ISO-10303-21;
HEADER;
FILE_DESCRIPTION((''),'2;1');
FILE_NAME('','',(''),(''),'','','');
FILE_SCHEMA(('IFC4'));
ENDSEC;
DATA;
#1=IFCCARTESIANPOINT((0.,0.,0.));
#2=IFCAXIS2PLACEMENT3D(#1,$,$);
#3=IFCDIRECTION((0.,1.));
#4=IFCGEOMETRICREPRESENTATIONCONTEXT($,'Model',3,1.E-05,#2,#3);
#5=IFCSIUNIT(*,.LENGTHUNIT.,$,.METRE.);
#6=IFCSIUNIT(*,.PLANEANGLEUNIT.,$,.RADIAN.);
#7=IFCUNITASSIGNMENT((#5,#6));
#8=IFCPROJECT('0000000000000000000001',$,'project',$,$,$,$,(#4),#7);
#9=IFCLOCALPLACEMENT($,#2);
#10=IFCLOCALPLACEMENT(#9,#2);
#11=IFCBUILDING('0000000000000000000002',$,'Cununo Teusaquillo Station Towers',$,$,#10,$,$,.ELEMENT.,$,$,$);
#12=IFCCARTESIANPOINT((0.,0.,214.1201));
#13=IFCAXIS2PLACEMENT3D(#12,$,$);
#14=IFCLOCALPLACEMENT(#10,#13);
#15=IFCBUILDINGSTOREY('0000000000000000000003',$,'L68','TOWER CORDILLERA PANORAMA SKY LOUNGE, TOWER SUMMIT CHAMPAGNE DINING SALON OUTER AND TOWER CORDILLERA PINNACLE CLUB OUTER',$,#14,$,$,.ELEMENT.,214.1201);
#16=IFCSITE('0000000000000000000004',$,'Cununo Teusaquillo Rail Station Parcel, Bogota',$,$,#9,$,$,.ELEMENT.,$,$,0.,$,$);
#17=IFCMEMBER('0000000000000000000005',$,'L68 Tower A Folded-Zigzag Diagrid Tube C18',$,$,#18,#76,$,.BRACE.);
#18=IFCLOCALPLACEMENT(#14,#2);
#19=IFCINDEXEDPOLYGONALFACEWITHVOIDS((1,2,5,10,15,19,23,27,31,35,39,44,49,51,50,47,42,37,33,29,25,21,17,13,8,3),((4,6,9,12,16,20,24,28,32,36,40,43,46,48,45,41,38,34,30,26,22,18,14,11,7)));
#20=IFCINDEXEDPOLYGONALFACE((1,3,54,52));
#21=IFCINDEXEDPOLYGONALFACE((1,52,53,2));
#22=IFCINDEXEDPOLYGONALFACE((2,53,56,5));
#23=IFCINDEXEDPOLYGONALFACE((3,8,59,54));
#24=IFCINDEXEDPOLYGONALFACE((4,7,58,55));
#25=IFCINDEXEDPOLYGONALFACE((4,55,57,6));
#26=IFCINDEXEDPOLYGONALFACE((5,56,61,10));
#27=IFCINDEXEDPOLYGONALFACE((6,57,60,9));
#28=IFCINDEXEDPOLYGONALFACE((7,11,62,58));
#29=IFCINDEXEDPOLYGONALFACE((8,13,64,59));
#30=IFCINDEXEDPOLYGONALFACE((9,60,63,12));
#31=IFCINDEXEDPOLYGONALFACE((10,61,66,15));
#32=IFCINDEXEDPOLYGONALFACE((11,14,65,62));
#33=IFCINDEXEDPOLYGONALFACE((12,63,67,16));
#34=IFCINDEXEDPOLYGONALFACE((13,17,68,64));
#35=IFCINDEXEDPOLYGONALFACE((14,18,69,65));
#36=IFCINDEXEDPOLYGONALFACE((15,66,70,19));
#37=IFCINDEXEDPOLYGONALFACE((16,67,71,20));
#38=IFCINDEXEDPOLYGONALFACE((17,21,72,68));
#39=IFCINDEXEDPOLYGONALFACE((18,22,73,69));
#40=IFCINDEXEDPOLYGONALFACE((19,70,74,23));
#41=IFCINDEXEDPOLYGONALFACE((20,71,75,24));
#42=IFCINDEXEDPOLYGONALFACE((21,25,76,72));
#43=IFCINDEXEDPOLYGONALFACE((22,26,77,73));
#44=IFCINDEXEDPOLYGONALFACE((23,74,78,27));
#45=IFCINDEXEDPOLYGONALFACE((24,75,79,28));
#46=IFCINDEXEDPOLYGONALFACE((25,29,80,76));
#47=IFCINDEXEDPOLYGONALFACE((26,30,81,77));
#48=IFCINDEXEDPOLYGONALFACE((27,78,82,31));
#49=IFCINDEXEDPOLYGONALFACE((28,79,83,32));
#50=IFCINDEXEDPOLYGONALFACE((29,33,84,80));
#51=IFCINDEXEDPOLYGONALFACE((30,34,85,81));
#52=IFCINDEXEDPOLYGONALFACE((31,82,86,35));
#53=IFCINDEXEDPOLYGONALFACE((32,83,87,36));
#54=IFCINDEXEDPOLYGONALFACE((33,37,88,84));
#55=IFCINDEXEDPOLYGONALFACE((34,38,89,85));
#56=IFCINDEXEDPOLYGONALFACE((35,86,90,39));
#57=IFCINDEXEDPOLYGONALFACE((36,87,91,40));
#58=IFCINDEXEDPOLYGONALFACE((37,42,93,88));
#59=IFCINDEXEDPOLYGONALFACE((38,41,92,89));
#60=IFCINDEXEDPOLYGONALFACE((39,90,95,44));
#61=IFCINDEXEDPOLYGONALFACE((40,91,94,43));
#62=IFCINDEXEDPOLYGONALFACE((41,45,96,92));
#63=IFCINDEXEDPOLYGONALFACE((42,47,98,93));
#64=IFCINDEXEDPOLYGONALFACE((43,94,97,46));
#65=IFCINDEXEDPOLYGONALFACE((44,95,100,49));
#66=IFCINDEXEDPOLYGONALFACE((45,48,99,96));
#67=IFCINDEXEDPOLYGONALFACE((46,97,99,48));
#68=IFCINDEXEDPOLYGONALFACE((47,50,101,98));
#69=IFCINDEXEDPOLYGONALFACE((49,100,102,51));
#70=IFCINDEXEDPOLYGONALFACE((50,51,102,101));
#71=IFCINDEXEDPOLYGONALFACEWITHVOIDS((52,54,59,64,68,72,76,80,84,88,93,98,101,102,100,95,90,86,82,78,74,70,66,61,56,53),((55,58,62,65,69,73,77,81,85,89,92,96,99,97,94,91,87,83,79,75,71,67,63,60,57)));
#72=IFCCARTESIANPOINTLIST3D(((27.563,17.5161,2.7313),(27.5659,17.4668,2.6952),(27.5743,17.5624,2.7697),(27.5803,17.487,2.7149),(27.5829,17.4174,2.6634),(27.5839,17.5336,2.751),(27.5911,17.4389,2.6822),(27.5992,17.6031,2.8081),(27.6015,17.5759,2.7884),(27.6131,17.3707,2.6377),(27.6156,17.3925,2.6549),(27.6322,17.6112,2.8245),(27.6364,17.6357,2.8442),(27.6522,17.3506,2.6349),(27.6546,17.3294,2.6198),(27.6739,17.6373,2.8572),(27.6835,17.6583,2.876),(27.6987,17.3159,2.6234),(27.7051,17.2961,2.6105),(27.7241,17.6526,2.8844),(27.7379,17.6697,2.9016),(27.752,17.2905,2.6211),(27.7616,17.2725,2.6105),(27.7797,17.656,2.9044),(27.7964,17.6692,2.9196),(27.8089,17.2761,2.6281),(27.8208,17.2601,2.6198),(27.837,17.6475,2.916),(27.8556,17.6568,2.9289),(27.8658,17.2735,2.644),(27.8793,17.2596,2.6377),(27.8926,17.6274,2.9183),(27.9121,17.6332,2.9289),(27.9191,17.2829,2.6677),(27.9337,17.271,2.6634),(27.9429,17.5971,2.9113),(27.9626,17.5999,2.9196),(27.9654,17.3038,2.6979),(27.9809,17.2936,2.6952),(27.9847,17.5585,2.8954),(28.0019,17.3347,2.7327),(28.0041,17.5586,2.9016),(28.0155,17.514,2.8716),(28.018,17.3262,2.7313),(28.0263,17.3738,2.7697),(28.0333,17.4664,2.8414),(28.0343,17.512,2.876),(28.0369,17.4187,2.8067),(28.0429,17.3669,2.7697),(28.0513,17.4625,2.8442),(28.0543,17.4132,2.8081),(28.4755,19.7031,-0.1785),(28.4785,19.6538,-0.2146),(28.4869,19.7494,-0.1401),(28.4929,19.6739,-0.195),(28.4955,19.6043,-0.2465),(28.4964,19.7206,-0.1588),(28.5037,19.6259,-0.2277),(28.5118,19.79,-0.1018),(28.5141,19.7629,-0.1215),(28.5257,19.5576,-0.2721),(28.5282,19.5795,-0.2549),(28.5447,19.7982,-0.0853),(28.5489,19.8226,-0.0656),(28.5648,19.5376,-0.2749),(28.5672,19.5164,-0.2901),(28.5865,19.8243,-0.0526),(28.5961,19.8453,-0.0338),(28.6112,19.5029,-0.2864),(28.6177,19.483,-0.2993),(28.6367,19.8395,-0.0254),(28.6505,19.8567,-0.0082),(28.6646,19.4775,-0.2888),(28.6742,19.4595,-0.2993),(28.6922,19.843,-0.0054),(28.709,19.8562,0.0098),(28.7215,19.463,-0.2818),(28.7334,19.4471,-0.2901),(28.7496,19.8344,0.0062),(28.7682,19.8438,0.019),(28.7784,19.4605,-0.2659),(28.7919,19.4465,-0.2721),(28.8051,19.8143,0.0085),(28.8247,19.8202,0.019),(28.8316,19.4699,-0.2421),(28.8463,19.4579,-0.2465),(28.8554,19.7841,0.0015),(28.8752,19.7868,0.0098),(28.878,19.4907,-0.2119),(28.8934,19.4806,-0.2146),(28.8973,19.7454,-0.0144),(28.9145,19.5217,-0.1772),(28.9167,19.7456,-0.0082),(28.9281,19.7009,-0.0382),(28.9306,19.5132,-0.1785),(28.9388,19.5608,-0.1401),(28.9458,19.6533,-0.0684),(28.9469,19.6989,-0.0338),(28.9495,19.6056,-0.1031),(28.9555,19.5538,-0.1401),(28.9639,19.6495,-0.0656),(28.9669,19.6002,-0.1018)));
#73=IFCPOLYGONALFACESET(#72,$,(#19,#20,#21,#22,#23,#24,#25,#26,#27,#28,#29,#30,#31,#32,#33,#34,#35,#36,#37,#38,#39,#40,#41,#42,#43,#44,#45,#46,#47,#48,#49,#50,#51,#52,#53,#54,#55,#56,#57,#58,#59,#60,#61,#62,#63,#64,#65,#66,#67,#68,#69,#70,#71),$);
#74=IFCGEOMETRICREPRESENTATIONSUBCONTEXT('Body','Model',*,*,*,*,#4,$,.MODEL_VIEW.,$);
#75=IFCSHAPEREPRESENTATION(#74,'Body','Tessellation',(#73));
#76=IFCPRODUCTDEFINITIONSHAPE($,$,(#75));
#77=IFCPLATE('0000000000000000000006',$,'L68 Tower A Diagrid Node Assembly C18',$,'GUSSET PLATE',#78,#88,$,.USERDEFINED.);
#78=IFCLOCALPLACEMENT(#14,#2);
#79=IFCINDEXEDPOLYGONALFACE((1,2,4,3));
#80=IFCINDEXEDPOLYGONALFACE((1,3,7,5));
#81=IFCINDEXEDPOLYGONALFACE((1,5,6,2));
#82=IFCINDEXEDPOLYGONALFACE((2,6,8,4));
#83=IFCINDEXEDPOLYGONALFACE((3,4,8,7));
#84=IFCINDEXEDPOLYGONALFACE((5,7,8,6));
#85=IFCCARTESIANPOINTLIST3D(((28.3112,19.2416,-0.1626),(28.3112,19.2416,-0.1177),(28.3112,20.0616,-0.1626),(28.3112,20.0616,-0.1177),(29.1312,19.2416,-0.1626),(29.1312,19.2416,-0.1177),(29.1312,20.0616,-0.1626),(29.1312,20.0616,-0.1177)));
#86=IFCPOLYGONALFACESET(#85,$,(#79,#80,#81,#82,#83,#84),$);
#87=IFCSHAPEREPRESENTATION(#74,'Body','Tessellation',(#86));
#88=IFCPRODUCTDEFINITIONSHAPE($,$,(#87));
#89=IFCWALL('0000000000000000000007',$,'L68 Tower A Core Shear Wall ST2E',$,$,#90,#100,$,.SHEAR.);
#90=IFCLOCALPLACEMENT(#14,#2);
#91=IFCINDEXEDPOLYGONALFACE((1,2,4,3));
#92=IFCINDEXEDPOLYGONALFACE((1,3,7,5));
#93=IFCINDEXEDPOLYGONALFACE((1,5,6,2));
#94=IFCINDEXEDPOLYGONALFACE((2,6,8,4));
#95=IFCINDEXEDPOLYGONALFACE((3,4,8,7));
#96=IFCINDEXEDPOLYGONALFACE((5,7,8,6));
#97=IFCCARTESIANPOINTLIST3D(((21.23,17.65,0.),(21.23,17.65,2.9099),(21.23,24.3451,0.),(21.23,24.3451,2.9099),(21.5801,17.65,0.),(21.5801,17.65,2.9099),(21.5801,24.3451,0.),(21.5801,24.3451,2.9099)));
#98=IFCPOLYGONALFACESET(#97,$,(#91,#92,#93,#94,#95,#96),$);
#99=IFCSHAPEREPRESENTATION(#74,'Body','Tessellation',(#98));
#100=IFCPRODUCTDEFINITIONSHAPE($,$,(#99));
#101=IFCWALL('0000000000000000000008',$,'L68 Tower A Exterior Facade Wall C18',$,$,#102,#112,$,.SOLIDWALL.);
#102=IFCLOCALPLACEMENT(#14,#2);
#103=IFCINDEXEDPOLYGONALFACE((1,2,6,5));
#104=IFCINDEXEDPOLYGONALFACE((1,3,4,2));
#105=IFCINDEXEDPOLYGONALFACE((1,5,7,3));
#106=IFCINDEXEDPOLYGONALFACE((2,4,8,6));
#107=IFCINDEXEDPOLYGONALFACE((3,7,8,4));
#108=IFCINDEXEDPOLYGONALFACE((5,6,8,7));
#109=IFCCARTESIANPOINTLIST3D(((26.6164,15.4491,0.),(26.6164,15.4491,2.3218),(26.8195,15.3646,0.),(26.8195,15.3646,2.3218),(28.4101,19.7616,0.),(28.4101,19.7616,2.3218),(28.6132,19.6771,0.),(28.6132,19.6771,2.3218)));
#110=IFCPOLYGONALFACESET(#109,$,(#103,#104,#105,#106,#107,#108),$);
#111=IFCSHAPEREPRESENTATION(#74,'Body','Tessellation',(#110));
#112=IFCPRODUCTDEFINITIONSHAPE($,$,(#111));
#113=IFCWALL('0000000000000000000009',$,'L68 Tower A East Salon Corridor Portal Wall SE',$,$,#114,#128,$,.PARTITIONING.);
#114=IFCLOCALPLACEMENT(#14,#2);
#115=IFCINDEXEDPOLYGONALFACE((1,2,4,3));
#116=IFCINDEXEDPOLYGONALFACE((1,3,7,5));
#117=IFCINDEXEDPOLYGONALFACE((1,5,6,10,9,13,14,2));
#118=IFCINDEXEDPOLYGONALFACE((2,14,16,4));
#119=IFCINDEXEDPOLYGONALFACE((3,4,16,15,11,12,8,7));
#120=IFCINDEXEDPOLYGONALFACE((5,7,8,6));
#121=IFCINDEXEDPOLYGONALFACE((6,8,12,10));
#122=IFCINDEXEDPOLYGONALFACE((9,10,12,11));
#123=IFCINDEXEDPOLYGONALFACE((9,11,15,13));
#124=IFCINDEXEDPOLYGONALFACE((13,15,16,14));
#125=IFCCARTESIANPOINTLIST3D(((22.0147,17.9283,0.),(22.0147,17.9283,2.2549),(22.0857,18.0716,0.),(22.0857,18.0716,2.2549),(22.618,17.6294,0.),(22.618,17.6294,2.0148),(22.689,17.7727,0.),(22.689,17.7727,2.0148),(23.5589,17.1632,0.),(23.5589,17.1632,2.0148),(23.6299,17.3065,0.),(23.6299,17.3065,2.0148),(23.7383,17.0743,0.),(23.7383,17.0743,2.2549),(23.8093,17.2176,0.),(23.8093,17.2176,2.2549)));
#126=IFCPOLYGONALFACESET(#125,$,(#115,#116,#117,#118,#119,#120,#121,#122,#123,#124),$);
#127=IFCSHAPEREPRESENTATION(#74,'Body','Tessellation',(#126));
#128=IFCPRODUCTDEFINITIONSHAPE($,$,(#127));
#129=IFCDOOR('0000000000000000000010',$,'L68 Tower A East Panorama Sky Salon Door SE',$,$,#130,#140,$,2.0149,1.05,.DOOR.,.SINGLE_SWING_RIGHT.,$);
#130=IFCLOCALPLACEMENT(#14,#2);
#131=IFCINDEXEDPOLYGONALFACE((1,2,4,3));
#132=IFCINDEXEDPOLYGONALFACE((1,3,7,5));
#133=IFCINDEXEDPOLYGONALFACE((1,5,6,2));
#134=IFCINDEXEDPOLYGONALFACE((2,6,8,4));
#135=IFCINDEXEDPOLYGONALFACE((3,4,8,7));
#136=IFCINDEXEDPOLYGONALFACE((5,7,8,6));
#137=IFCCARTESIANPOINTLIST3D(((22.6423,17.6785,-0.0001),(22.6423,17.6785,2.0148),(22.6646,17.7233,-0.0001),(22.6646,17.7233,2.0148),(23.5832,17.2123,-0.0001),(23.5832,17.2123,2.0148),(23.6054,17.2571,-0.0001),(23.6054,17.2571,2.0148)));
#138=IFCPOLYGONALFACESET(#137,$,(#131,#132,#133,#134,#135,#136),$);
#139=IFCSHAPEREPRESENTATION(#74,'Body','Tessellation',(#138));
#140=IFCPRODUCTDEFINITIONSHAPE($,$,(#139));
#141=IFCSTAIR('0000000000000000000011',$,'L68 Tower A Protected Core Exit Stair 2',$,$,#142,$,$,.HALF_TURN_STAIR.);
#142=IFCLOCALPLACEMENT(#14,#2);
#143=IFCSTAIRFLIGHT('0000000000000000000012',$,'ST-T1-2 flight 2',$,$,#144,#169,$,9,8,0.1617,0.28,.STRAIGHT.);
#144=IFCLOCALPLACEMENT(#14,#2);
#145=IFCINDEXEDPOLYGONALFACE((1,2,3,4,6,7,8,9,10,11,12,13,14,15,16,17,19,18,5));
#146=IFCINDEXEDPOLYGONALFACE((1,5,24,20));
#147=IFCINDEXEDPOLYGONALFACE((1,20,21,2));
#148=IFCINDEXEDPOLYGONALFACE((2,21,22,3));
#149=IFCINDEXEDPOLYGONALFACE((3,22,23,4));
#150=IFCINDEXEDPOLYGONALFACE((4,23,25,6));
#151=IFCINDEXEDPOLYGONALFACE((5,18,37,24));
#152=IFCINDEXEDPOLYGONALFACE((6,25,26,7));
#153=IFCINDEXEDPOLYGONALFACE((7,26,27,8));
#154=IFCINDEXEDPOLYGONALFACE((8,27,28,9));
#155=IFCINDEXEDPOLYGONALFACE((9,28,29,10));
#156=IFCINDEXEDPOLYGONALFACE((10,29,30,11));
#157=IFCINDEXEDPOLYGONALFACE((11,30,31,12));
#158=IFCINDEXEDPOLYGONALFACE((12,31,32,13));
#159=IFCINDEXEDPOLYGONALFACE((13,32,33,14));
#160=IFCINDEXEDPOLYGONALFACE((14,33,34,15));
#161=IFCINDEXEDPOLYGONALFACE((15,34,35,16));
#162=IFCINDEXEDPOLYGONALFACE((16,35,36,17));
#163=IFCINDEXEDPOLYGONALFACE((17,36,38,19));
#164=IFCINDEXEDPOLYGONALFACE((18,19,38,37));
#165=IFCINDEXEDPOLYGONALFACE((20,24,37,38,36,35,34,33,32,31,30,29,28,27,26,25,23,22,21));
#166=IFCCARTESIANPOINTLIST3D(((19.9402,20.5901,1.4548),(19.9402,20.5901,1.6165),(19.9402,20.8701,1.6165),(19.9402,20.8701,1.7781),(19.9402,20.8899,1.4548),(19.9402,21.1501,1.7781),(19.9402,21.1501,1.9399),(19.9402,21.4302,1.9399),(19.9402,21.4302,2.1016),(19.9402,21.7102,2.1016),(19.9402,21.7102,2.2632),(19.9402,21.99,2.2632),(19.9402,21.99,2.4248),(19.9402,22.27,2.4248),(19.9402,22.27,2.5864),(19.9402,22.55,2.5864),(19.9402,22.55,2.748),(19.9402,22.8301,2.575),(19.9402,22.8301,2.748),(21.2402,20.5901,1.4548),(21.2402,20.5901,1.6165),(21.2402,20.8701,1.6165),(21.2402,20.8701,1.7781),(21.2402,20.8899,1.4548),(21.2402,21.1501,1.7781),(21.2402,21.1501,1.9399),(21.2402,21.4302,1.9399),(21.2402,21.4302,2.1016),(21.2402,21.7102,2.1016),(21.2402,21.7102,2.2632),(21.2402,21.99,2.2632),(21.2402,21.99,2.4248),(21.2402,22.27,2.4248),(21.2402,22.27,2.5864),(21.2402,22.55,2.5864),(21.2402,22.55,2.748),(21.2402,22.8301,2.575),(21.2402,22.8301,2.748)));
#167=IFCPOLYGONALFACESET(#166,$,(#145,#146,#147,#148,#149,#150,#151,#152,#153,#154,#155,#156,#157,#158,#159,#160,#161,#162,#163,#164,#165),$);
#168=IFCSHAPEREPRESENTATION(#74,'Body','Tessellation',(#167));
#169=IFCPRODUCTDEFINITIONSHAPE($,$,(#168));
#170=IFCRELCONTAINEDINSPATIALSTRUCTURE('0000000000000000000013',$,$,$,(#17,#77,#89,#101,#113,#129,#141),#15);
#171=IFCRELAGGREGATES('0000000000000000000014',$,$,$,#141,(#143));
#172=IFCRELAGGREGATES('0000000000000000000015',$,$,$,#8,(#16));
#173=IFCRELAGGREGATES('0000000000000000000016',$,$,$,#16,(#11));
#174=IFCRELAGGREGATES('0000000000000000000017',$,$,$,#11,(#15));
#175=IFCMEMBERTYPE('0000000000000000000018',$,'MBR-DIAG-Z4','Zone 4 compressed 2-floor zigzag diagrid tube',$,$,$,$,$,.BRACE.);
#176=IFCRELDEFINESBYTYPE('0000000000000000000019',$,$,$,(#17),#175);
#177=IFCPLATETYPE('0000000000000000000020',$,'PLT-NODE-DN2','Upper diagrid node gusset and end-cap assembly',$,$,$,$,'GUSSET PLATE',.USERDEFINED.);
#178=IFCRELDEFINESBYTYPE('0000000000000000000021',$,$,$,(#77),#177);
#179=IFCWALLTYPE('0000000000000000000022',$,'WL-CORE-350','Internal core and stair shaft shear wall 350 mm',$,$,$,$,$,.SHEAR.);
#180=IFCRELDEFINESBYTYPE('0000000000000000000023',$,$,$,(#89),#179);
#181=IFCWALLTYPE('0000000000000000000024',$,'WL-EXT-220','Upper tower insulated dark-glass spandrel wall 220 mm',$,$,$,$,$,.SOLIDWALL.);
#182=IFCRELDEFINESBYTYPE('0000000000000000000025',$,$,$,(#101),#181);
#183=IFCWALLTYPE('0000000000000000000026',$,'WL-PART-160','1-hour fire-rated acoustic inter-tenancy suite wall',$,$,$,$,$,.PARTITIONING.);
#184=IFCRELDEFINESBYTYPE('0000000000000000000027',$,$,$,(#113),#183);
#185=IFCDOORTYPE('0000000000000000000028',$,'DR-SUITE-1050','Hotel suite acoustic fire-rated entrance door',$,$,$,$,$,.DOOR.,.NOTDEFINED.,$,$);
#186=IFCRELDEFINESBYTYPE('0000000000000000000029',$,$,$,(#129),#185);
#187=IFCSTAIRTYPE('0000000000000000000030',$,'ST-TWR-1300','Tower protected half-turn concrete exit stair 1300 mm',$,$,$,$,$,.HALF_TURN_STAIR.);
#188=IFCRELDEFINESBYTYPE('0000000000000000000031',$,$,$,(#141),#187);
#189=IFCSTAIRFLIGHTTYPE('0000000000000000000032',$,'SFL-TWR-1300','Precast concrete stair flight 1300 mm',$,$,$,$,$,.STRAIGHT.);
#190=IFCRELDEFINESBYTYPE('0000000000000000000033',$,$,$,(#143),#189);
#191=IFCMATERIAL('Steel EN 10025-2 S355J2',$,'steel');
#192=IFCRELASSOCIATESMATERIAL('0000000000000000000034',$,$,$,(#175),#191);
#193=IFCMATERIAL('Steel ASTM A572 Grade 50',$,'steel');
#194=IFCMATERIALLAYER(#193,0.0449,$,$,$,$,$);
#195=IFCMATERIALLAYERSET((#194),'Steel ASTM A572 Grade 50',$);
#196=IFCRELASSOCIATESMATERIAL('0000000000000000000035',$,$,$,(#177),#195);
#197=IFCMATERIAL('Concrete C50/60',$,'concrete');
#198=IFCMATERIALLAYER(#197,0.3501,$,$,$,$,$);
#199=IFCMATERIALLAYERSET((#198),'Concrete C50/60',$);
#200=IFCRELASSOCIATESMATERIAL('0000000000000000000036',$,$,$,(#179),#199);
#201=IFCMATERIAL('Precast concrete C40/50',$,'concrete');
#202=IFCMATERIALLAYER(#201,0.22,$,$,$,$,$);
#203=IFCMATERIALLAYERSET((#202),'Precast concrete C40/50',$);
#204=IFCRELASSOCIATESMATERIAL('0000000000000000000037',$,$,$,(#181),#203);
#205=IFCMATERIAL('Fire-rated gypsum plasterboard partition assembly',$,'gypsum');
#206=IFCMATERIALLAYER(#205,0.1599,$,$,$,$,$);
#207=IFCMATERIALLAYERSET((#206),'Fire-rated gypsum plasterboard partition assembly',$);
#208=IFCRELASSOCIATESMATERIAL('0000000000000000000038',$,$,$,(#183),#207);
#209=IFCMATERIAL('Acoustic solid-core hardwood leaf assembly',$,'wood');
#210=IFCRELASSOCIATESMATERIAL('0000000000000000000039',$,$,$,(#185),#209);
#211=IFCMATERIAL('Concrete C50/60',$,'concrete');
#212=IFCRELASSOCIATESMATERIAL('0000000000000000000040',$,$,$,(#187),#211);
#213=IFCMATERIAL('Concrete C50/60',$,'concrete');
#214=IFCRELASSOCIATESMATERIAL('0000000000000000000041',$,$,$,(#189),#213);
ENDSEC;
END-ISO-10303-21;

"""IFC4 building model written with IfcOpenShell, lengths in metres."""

from ifc_helpers import new_model, si_unit, direction, frame, frame_2d, origin, origin_2d, place, context, subcontext, project, spatial, polyline, rectangle, hollow_circle, outline, extrude, source, transform, mapped, material, layer, layer_set, material_profile, profile_set, type_object, element, fill, aggregate, save


model = new_model("IFC4")

# Units and contexts
model_context = context("Model", 3, precision=1e-05, world=origin(), true_north=direction((0.0, 1.0)))
body_context = subcontext(model_context, "Body", "Model", "MODEL_VIEW")
ifc_project = project(units=[si_unit("LENGTHUNIT", "METRE"), si_unit("PLANEANGLEUNIT", "RADIAN")], contexts=[model_context])

# Site, building, storey
site_placement = place(None, origin())
site = spatial("IfcSite", under=ifc_project, at=site_placement, Name="Cununo Teusaquillo Rail Station Parcel, Bogota", CompositionType="ELEMENT", RefElevation=0.0)
building_placement = place(site_placement, origin())
building = spatial("IfcBuilding", under=site, at=building_placement, Name="Cununo Teusaquillo Station Towers", CompositionType="ELEMENT")
storey_placement = place(building_placement, frame((0.0, 0.0, 214.1201)))
storey = spatial("IfcBuildingStorey", under=building, at=storey_placement, Name="L68", Description="TOWER CORDILLERA PANORAMA SKY LOUNGE, TOWER SUMMIT CHAMPAGNE DINING SALON OUTER AND TOWER CORDILLERA PINNACLE CLUB OUTER", CompositionType="ELEMENT", Elevation=214.1201)

# Member
ifc_material_1 = material(Name="Steel EN 10025-2 S355J2", Category="steel")
ifc_material_profile_1 = material_profile(ifc_material_1, hollow_circle(Radius=0.2539, WallThickness=0.0181, at=origin_2d()), Name="CHS 508x18")
ifc_profile_set_1 = profile_set([ifc_material_profile_1], Name="Steel EN 10025-2 S355J2")
member_type = type_object("IfcMemberType", Name="MBR-DIAG-Z4", Description="Zone 4 compressed 2-floor zigzag diagrid tube", PredefinedType="BRACE", material=ifc_profile_set_1)
member_placement = place(storey_placement, frame((28.7212, 19.6516, -0.1401), z_axis=(-0.243178, -0.582769, 0.775399), x_axis=(0.922876, -0.385098, 0.0)))
element("IfcMember", 1, at=member_placement, inside=storey, type_object=member_type, Name="L68 Tower A Folded-Zigzag Diagrid Tube C18", PredefinedType="BRACE", context=body_context, shape_type="SweptSolid", body=[
    extrude(hollow_circle(Radius=0.2539, WallThickness=0.0181, at=origin_2d()), origin(), (0.0, 0.0, 1.0), 3.7527),
])

# Plate
ifc_material_2 = material(Name="Steel ASTM A572 Grade 50", Category="steel")
ifc_layer_1 = layer(ifc_material_2, 0.0449)
ifc_layer_set_1 = layer_set([ifc_layer_1], Name="Steel ASTM A572 Grade 50")
plate_type = type_object("IfcPlateType", Name="PLT-NODE-DN2", Description="Upper diagrid node gusset and end-cap assembly", ElementType="GUSSET PLATE", PredefinedType="USERDEFINED", material=ifc_layer_set_1)
shared_shape_1 = source(origin(), body_context, "Body", "SweptSolid", [
    extrude(rectangle(XDim=0.8201, YDim=0.8201, at=origin_2d()), origin(), (0.0, 0.0, 1.0), 0.0449),
])
plate_placement = place(storey_placement, frame((28.7212, 19.6516, -0.1626), z_axis=(0.0, 0.0, 1.0), x_axis=(1.0, 0.0, 0.0)))
element("IfcPlate", 2, at=plate_placement, inside=storey, type_object=plate_type, Name="L68 Tower A Diagrid Node Assembly C18", ObjectType="GUSSET PLATE", PredefinedType="USERDEFINED", context=body_context, shape_type="MappedRepresentation", body=[
    mapped(shared_shape_1, transform((0.0, 0.0, 0.0), x_axis=(1.0, 0.0, 0.0), y_axis=(0.0, 1.0, 0.0), z_axis=(0.0, 0.0, 1.0), scale=1.0)),
])

# Walls
ifc_material_3 = material(Name="Concrete C50/60", Category="concrete")
ifc_layer_2 = layer(ifc_material_3, 0.3501)
ifc_layer_set_2 = layer_set([ifc_layer_2], Name="Concrete C50/60")
wall_type_1 = type_object("IfcWallType", Name="WL-CORE-350", Description="Internal core and stair shaft shear wall 350 mm", PredefinedType="SHEAR", material=ifc_layer_set_2)
wall_1_placement = place(storey_placement, frame((21.405, 17.6499, 0.0), z_axis=(0.0, 0.0, 1.0), x_axis=(0.0, 1.0, 0.0)))
element("IfcWall", 3, at=wall_1_placement, inside=storey, type_object=wall_type_1, Name="L68 Tower A Core Shear Wall ST2E", PredefinedType="SHEAR", context=body_context, shape_type="SweptSolid", body=[
    extrude(rectangle(XDim=6.6951, YDim=0.3501, at=frame_2d((3.3477, 0.0))), origin(), (0.0, 0.0, 1.0), 2.9099),
])
ifc_material_4 = material(Name="Precast concrete C40/50", Category="concrete")
ifc_layer_3 = layer(ifc_material_4, 0.22)
ifc_layer_set_3 = layer_set([ifc_layer_3], Name="Precast concrete C40/50")
wall_type_2 = type_object("IfcWallType", Name="WL-EXT-220", Description="Upper tower insulated dark-glass spandrel wall 220 mm", PredefinedType="SOLIDWALL", material=ifc_layer_set_3)
wall_2_placement = place(storey_placement, frame((28.5117, 19.7195, 0.0), z_axis=(0.0, 0.0, 1.0), x_axis=(-0.384036, -0.923318, 0.0)))
element("IfcWall", 4, at=wall_2_placement, inside=storey, type_object=wall_type_2, Name="L68 Tower A Exterior Facade Wall C18", PredefinedType="SOLIDWALL", context=body_context, shape_type="SweptSolid", body=[
    extrude(rectangle(XDim=4.6707, YDim=0.22, at=frame_2d((2.3354, 0.0))), origin(), (0.0, 0.0, 1.0), 2.3218),
])

# Wall, opening, door
ifc_material_5 = material(Name="Fire-rated gypsum plasterboard partition assembly", Category="gypsum")
ifc_layer_4 = layer(ifc_material_5, 0.1599)
ifc_layer_set_4 = layer_set([ifc_layer_4], Name="Fire-rated gypsum plasterboard partition assembly")
wall_type_3 = type_object("IfcWallType", Name="WL-PART-160", Description="1-hour fire-rated acoustic inter-tenancy suite wall", PredefinedType="PARTITIONING", material=ifc_layer_set_4)
wall_3_placement = place(storey_placement, frame((22.05, 18.0, 0.0), z_axis=(0.0, 0.0, 1.0), x_axis=(0.896046, -0.443962, 0.0)))
wall_3 = element("IfcWall", 5, at=wall_3_placement, inside=storey, type_object=wall_type_3, Name="L68 Tower A East Salon Corridor Portal Wall SE", PredefinedType="PARTITIONING", context=body_context, shape_type="SweptSolid", body=[
    extrude(rectangle(XDim=1.9236, YDim=0.1599, at=frame_2d((0.9619, 0.0))), origin(), (0.0, 0.0, 1.0), 2.2549),
])
shared_shape_2 = source(origin(), body_context, "Body", "SweptSolid", [
    extrude(rectangle(XDim=1.05, YDim=2.0149, at=frame_2d((0.5249, 1.0073))), frame((0.0, 0.0898, 0.0), z_axis=(0.0, -1.0, 0.0), x_axis=(1.0, 0.0, 0.0)), (0.0, 0.0, 1.0), 0.1799),
])
opening_placement = place(wall_3_placement, frame((0.6736, 0.0, 0.0)))
opening = element("IfcOpeningElement", 6, at=opening_placement, cuts=wall_3, PredefinedType="OPENING", context=body_context, shape_type="MappedRepresentation", body=[
    mapped(shared_shape_2, transform((0.0, 0.0, 0.0), x_axis=(1.0, 0.0, 0.0), y_axis=(0.0, 1.0, 0.0), z_axis=(0.0, 0.0, 1.0), scale=1.0)),
])
ifc_material_6 = material(Name="Acoustic solid-core hardwood leaf assembly", Category="wood")
door_type = type_object("IfcDoorType", Name="DR-SUITE-1050", Description="Hotel suite acoustic fire-rated entrance door", OperationType="NOTDEFINED", PredefinedType="DOOR", material=ifc_material_6)
shared_shape_3 = source(origin(), body_context, "Body", "SweptSolid", [
    extrude(rectangle(XDim=1.05, YDim=2.0149, at=frame_2d((0.5249, 1.0073))), frame((0.0, 0.0249, 0.0), z_axis=(0.0, -1.0, 0.0), x_axis=(1.0, 0.0, 0.0)), (0.0, 0.0, 1.0), 0.05),
])
door_placement = place(opening_placement, origin())
door = element("IfcDoor", 7, at=door_placement, inside=storey, type_object=door_type, Name="L68 Tower A East Panorama Sky Salon Door SE", OperationType="SINGLE_SWING_RIGHT", OverallHeight=2.0149, OverallWidth=1.05, PredefinedType="DOOR", context=body_context, shape_type="MappedRepresentation", body=[
    mapped(shared_shape_3, transform((0.0, 0.0, 0.0), x_axis=(1.0, 0.0, 0.0), y_axis=(0.0, 1.0, 0.0), z_axis=(0.0, 0.0, 1.0), scale=1.0)),
])
fill(opening, door)

# Stair, stair flight
ifc_material_7 = material(Name="Concrete C50/60", Category="concrete")
stair_type = type_object("IfcStairType", Name="ST-TWR-1300", Description="Tower protected half-turn concrete exit stair 1300 mm", PredefinedType="HALF_TURN_STAIR", material=ifc_material_7)
stair_placement = place(storey_placement, origin())
stair = element("IfcStair", 8, at=stair_placement, inside=storey, type_object=stair_type, Name="L68 Tower A Protected Core Exit Stair 2", PredefinedType="HALF_TURN_STAIR")
ifc_material_8 = material(Name="Concrete C50/60", Category="concrete")
stair_flight_type = type_object("IfcStairFlightType", Name="SFL-TWR-1300", Description="Precast concrete stair flight 1300 mm", PredefinedType="STRAIGHT", material=ifc_material_8)
stair_flight_placement = place(storey_placement, frame((20.5901, 20.5901, 1.4548), z_axis=(0.0, 0.0, 1.0), x_axis=(0.0, 1.0, 0.0)))
stair_flight = element("IfcStairFlight", 9, at=stair_flight_placement, type_object=stair_flight_type, Name="ST-T1-2 flight 2", NumberOfRisers=9, NumberOfTreads=8, PredefinedType="STRAIGHT", RiserHeight=0.1617, TreadLength=0.28, context=body_context, shape_type="SweptSolid", body=[
    extrude(outline(polyline([(0.0, 0.0), (0.0, 0.1616), (0.28, 0.1616), (0.28, 0.3232), (0.5601, 0.3232), (0.5601, 0.4851), (0.8401, 0.4851), (0.8401, 0.6467), (1.1201, 0.6467), (1.1201, 0.8083), (1.3999, 0.8083), (1.3999, 0.97), (1.6799, 0.97), (1.6799, 1.1316), (1.96, 1.1316), (1.96, 1.2932), (2.24, 1.2932), (2.24, 1.4551), (2.24, 1.1201), (0.2998, 0.0), (0.0, 0.0)])), frame((0.0, 0.6499, 0.0), z_axis=(0.0, -1.0, 0.0), x_axis=(1.0, 0.0, 0.0)), (0.0, 0.0, 1.0), 1.3),
])
aggregate(stair, [stair_flight])

save(model, "model.ifc")
